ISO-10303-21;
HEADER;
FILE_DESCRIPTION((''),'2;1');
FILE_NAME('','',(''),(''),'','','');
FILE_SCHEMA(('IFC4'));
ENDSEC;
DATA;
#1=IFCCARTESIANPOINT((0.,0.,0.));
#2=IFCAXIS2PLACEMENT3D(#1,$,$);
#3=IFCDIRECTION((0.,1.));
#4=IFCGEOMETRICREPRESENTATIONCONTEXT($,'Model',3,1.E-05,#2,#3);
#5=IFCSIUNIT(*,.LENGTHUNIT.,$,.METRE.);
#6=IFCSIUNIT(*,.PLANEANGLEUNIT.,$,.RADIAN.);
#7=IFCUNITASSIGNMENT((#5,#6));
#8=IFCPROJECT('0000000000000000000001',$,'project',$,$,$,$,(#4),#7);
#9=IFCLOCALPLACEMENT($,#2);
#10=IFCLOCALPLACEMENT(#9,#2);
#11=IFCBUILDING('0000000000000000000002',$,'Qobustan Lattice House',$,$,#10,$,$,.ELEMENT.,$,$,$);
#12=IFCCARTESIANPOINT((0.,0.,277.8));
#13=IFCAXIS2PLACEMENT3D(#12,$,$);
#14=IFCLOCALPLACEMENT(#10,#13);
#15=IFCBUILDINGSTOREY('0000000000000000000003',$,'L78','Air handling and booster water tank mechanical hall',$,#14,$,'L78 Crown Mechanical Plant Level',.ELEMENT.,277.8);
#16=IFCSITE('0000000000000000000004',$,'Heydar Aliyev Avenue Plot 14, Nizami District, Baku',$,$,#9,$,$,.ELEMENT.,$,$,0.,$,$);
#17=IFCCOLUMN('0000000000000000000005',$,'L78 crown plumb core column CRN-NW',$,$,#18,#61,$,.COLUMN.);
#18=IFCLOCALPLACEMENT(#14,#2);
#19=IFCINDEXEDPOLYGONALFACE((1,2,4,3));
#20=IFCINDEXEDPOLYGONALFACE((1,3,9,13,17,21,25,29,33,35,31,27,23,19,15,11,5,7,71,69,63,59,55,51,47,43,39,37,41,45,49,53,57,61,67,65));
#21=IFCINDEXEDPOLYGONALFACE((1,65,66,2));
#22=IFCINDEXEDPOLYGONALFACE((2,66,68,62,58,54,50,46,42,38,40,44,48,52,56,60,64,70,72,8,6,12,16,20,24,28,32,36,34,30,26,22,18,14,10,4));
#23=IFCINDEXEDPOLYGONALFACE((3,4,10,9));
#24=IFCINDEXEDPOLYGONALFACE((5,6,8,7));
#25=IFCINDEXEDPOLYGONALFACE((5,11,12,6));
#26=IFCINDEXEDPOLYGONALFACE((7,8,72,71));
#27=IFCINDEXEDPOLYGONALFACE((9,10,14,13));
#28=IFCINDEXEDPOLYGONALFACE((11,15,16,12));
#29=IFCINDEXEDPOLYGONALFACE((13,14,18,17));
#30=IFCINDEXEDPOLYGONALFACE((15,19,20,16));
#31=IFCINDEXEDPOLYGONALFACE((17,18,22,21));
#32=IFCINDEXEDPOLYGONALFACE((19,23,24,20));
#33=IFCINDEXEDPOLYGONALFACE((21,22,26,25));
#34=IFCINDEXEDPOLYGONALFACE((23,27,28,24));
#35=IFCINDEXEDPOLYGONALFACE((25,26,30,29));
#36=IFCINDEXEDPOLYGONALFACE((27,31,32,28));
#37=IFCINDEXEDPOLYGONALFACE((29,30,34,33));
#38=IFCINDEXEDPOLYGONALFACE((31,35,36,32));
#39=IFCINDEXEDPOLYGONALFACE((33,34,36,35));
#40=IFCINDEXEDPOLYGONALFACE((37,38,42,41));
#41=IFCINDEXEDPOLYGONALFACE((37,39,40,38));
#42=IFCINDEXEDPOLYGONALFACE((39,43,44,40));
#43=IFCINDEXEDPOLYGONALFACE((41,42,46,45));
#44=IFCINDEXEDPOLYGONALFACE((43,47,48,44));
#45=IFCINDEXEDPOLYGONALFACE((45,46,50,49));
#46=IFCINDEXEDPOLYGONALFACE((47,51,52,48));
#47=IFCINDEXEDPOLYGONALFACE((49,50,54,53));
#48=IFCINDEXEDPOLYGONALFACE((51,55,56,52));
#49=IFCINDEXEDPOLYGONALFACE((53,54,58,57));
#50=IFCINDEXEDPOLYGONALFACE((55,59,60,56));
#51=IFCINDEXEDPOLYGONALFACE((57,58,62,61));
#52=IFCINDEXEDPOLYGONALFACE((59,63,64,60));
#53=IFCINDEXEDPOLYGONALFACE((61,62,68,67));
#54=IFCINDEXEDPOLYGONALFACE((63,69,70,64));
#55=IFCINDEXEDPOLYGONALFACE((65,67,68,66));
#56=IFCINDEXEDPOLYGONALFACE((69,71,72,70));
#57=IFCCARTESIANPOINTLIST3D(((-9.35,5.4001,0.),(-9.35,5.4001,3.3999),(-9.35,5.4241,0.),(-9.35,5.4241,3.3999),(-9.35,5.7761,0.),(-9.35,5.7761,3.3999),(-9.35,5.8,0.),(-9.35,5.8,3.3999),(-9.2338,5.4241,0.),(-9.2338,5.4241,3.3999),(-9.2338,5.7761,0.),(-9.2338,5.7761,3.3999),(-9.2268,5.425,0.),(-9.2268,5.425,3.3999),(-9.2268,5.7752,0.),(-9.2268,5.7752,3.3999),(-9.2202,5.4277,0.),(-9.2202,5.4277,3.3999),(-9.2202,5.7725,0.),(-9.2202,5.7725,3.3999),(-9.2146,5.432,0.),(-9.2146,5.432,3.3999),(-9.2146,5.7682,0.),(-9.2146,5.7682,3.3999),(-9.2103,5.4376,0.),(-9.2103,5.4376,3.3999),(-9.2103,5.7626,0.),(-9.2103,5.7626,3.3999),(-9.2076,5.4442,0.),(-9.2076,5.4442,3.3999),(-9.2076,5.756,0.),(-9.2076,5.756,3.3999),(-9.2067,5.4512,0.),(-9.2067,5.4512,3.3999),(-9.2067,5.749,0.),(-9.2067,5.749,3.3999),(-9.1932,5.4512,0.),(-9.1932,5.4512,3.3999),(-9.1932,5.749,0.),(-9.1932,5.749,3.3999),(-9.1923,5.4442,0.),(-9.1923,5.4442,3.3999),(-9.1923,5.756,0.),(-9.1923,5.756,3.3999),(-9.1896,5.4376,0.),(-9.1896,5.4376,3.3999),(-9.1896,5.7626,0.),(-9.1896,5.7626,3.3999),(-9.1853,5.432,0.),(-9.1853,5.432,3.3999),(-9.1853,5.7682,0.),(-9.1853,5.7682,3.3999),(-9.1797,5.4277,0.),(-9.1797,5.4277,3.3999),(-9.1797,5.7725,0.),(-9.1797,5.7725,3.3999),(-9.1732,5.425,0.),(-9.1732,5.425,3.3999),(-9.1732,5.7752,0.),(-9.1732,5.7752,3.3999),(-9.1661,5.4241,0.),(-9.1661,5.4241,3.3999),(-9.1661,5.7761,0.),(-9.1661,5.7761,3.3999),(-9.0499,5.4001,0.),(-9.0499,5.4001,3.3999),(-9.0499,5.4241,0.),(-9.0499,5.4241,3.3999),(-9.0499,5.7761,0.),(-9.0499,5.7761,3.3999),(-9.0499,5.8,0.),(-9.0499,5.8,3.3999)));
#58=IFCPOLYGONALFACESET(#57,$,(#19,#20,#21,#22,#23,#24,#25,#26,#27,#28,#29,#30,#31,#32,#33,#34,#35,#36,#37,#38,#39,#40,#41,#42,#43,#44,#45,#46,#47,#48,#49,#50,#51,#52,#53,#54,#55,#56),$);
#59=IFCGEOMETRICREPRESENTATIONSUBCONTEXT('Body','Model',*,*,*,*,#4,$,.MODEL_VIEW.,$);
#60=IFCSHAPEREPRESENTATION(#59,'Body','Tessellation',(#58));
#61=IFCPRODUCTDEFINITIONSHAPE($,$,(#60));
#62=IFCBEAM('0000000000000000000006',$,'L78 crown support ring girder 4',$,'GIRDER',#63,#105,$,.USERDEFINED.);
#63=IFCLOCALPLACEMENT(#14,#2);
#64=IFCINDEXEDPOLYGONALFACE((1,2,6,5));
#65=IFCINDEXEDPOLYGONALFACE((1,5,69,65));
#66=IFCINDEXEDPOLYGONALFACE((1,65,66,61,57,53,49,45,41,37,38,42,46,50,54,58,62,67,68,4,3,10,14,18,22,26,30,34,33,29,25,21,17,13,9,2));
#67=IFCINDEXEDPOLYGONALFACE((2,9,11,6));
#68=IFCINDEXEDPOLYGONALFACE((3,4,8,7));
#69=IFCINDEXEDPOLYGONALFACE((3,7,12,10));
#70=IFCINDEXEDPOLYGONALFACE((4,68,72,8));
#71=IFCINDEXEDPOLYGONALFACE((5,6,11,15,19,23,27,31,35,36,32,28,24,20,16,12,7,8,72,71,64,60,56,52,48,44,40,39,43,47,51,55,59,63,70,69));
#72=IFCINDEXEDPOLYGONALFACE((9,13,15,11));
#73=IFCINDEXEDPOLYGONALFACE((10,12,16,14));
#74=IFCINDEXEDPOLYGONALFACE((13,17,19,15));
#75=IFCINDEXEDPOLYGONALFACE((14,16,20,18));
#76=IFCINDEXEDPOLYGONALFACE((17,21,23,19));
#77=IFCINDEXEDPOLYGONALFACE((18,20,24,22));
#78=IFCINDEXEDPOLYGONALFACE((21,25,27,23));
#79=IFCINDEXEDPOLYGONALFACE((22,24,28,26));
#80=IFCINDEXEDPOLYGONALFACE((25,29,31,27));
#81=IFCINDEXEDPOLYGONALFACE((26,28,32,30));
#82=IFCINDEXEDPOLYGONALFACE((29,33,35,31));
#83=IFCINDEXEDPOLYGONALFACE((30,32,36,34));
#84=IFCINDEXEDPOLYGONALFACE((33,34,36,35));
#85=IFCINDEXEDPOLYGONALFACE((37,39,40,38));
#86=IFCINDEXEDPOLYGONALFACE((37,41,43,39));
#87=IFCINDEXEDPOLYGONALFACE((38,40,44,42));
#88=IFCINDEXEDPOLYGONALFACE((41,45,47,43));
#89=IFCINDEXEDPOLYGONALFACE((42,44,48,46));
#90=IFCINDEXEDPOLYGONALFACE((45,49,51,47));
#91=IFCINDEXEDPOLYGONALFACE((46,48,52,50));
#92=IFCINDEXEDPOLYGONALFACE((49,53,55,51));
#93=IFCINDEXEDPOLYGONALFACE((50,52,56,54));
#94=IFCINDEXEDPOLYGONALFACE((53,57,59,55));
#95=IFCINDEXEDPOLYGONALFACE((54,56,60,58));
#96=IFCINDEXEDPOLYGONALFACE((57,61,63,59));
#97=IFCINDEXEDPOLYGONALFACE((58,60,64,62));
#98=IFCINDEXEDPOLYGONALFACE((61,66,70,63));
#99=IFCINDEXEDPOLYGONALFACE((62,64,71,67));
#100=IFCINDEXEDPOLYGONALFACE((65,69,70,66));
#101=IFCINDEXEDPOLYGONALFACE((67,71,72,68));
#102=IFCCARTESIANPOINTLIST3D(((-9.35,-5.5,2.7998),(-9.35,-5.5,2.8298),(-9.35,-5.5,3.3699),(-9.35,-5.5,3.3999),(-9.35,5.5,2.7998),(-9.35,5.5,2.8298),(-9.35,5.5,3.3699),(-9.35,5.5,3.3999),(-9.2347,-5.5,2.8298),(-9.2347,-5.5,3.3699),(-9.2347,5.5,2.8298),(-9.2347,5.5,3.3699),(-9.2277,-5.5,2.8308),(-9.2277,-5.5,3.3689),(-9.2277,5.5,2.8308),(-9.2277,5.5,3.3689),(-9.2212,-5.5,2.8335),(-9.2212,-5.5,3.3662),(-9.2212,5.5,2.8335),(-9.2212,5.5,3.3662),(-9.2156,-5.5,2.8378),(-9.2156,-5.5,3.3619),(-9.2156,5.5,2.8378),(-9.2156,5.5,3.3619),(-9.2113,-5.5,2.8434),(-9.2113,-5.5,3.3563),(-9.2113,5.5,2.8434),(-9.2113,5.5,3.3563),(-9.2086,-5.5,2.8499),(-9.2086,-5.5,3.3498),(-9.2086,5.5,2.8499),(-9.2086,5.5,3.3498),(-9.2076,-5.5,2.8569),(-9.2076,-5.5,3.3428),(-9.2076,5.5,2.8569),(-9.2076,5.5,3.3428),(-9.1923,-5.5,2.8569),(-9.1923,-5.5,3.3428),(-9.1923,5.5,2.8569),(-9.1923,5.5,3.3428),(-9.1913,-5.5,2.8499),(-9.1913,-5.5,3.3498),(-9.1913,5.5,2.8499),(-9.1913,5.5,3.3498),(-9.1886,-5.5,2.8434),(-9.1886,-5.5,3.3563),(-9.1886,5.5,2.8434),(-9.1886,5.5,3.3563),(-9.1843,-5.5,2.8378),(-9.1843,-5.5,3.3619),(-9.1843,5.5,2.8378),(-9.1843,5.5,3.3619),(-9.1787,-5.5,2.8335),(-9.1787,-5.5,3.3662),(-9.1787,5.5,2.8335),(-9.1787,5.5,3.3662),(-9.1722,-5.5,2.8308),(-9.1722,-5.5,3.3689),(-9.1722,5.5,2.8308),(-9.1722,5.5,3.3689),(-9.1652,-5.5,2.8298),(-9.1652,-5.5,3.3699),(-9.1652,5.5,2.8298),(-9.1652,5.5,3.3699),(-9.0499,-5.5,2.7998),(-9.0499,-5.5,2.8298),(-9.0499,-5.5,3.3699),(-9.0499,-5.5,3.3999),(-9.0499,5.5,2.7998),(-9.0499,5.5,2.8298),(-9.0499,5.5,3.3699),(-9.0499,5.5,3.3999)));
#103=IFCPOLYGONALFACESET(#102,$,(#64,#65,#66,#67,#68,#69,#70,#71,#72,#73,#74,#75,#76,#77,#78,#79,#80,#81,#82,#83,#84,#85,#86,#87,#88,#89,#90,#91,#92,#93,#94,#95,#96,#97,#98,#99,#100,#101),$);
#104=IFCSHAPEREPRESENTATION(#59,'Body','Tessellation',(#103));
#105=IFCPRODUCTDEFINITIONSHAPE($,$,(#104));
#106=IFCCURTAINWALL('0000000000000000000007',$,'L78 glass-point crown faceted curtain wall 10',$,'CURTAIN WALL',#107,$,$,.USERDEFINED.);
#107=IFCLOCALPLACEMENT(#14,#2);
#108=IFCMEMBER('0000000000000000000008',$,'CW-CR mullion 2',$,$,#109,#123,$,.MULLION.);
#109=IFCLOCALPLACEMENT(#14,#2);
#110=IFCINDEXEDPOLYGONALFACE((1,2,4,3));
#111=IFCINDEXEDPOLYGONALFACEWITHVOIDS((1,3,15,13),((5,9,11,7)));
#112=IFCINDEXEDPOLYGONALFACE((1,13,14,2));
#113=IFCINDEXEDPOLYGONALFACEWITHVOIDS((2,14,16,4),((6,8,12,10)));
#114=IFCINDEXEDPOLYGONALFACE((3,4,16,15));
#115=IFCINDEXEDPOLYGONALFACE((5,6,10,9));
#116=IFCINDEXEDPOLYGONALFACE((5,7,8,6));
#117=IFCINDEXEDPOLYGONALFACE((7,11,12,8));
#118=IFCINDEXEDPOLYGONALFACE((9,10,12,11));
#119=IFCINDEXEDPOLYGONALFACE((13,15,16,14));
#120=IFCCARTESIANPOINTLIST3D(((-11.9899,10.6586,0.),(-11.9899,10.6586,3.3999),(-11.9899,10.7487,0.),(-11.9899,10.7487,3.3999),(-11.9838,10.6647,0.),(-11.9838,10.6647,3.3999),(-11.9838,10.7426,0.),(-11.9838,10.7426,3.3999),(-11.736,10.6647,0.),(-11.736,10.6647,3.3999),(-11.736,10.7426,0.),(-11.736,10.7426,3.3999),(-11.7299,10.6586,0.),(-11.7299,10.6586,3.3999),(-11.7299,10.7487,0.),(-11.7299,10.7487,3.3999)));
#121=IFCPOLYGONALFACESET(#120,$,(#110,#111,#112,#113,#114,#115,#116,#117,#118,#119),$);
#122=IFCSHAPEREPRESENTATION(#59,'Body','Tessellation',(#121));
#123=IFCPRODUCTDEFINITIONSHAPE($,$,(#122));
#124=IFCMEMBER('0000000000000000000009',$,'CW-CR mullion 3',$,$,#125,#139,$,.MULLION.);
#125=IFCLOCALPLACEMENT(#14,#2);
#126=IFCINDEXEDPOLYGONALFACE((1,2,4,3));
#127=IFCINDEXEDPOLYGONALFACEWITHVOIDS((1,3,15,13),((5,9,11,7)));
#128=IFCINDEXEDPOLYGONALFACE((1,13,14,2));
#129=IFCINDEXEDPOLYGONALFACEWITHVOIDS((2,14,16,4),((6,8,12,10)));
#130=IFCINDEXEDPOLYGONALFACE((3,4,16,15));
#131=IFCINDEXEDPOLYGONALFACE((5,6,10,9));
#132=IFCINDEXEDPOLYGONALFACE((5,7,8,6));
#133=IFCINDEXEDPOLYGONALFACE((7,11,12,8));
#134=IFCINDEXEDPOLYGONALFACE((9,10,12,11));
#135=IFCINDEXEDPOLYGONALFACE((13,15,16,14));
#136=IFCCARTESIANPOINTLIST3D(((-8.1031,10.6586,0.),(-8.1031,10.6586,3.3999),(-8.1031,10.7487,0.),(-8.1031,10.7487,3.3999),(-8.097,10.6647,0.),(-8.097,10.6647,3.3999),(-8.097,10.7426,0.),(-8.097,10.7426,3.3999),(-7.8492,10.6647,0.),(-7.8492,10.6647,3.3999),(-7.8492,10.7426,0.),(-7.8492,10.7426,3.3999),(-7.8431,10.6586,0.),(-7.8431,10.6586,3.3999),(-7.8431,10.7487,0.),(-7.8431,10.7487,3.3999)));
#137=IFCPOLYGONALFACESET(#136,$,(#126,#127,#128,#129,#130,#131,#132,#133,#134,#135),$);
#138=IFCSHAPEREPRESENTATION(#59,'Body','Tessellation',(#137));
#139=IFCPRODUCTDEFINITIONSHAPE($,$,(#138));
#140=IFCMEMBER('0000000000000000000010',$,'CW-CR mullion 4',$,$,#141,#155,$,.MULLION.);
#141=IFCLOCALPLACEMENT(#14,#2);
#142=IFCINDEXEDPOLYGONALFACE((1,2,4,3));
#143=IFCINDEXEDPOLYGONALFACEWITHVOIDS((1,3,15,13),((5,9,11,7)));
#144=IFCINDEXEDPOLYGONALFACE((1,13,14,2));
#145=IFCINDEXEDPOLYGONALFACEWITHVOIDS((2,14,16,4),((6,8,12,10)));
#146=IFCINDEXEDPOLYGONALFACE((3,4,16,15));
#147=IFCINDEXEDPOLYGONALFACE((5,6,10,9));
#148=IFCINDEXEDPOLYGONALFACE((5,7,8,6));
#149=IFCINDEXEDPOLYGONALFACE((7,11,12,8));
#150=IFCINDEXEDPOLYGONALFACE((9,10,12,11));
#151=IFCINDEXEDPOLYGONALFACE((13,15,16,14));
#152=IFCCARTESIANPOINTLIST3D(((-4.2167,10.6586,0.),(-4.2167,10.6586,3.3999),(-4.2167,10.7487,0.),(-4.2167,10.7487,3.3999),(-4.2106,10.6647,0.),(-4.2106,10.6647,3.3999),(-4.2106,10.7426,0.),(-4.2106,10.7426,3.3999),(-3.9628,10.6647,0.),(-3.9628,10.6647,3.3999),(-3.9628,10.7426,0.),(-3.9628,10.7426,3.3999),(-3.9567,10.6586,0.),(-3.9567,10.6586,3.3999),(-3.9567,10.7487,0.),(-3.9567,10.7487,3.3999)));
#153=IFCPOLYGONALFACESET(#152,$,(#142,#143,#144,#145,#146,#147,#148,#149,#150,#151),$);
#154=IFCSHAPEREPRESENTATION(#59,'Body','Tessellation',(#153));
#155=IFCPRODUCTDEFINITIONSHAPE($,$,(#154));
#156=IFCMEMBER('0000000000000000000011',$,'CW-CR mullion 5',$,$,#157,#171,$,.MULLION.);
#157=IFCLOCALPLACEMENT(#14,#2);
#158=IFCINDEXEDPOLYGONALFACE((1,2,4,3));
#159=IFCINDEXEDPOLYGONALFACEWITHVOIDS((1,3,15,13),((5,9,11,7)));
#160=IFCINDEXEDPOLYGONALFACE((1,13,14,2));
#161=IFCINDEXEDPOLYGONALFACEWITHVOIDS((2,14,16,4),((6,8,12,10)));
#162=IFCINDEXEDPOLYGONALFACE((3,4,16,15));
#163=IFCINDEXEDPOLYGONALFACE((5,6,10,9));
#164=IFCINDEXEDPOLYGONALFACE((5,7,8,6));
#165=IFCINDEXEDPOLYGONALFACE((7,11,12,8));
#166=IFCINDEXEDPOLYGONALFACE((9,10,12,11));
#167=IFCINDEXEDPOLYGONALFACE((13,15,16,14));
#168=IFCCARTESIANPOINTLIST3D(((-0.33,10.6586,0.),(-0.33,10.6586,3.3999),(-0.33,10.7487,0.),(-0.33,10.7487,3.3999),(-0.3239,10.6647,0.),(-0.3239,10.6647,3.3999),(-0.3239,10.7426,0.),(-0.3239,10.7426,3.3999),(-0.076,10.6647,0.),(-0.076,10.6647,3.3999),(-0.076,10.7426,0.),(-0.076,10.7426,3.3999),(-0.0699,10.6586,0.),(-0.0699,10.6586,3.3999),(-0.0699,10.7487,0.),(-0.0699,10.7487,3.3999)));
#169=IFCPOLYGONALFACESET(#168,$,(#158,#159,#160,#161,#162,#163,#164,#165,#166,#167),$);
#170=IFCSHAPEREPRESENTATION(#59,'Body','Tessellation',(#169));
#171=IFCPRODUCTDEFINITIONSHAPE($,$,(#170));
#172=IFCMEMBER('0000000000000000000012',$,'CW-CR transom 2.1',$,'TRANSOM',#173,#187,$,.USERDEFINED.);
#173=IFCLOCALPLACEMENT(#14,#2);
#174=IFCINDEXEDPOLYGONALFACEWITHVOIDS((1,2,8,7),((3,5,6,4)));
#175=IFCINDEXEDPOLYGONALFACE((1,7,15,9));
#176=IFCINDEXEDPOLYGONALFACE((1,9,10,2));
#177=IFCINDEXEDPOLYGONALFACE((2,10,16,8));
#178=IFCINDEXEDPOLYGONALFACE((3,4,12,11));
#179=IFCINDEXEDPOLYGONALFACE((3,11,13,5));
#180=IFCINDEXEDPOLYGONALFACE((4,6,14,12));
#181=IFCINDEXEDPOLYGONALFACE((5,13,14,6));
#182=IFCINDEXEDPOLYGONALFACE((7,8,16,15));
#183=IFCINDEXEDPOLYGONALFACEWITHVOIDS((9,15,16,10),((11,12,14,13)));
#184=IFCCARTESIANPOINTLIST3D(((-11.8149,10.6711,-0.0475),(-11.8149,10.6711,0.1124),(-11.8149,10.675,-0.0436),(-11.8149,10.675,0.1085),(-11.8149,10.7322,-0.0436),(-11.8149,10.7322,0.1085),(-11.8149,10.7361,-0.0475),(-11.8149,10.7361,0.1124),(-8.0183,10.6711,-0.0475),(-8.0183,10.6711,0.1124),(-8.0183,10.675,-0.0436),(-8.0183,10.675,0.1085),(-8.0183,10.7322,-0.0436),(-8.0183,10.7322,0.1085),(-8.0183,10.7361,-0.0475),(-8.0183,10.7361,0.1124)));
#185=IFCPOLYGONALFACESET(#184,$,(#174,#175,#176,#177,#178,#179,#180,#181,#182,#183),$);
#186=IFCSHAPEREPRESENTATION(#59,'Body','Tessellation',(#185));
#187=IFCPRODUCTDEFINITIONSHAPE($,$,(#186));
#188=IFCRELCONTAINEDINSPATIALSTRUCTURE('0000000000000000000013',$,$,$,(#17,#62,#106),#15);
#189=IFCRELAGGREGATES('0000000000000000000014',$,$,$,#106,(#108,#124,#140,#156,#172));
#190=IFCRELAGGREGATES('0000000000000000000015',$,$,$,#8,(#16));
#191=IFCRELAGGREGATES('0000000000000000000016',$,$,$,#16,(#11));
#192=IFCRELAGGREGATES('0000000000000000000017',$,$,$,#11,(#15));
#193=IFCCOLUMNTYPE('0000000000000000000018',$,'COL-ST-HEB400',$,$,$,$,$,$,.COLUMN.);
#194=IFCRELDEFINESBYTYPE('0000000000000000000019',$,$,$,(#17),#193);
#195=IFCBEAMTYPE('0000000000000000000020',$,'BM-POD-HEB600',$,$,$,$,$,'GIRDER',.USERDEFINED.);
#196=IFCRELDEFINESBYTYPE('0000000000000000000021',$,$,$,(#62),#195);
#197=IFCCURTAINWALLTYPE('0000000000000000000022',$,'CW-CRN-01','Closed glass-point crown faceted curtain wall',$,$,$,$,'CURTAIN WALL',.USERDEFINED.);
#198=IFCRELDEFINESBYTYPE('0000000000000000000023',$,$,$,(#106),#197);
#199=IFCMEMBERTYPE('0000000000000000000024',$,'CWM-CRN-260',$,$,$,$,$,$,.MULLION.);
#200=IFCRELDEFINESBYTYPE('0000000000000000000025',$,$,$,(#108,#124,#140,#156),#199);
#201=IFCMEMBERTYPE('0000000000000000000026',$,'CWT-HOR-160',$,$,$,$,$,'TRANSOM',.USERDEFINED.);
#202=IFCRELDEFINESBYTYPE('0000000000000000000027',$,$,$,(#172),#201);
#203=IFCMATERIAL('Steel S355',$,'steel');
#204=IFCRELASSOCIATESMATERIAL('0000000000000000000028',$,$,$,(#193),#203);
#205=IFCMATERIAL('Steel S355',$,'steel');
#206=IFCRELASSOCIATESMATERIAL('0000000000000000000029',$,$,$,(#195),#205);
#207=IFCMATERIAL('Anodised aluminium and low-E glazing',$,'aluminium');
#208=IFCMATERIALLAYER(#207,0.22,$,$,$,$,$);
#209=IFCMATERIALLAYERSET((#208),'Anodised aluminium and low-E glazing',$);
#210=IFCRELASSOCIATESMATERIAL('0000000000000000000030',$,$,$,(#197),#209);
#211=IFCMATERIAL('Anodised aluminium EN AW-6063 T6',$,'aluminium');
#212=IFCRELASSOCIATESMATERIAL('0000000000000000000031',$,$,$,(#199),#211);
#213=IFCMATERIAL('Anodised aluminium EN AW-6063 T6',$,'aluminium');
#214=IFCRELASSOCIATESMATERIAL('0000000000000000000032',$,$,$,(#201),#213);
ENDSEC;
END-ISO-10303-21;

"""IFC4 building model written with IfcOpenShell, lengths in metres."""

from ifc_helpers import new_model, si_unit, direction, frame, origin, origin_2d, place, context, subcontext, project, spatial, hollow_rectangle, i_section, extrude, material, layer, layer_set, material_profile, profile_set, type_object, element, aggregate, save


model = new_model("IFC4")

# Units and contexts
model_context = context("Model", 3, precision=1e-05, world=origin(), true_north=direction((0.0, 1.0)))
body_context = subcontext(model_context, "Body", "Model", "MODEL_VIEW")
ifc_project = project(units=[si_unit("LENGTHUNIT", "METRE"), si_unit("PLANEANGLEUNIT", "RADIAN")], contexts=[model_context])

# Site, building, storey
site_placement = place(None, origin())
site = spatial("IfcSite", under=ifc_project, at=site_placement, Name="Heydar Aliyev Avenue Plot 14, Nizami District, Baku", CompositionType="ELEMENT", RefElevation=0.0)
building_placement = place(site_placement, origin())
building = spatial("IfcBuilding", under=site, at=building_placement, Name="Qobustan Lattice House", CompositionType="ELEMENT")
storey_placement = place(building_placement, frame((0.0, 0.0, 277.8)))
storey = spatial("IfcBuildingStorey", under=building, at=storey_placement, Name="L78", Description="Air handling and booster water tank mechanical hall", LongName="L78 Crown Mechanical Plant Level", CompositionType="ELEMENT", Elevation=277.8)

# Column
ifc_material_1 = material(Name="Steel S355", Category="steel")
ifc_material_profile_1 = material_profile(ifc_material_1, i_section(OverallWidth=0.3, OverallDepth=0.3999, WebThickness=0.0134, FlangeThickness=0.0239, FilletRadius=0.0271, at=origin_2d()), Name="HEB400")
ifc_profile_set_1 = profile_set([ifc_material_profile_1], Name="Steel S355")
column_type = type_object("IfcColumnType", Name="COL-ST-HEB400", PredefinedType="COLUMN", material=ifc_profile_set_1)
column_placement = place(storey_placement, frame((-9.2, 5.6001, 0.0), z_axis=(0.0, 0.0, 1.0), x_axis=(1.0, 0.0, 0.0)))
element("IfcColumn", 1, at=column_placement, inside=storey, type_object=column_type, Name="L78 crown plumb core column CRN-NW", PredefinedType="COLUMN", context=body_context, shape_type="SweptSolid", body=[
    extrude(i_section(OverallWidth=0.3, OverallDepth=0.3999, WebThickness=0.0134, FlangeThickness=0.0239, FilletRadius=0.0271, at=origin_2d()), origin(), (0.0, 0.0, 1.0), 3.3999),
])

# Beam
ifc_material_2 = material(Name="Steel S355", Category="steel")
ifc_material_profile_2 = material_profile(ifc_material_2, i_section(OverallWidth=0.3, OverallDepth=0.6001, WebThickness=0.0154, FlangeThickness=0.03, FilletRadius=0.0271, at=origin_2d()), Name="HEB600")
ifc_profile_set_2 = profile_set([ifc_material_profile_2], Name="Steel S355")
beam_type = type_object("IfcBeamType", Name="BM-POD-HEB600", ElementType="GIRDER", PredefinedType="USERDEFINED", material=ifc_profile_set_2)
beam_placement = place(storey_placement, frame((-9.2, 5.5, 3.0999), z_axis=(0.0, -1.0, 0.0), x_axis=(1.0, 0.0, 0.0)))
element("IfcBeam", 2, at=beam_placement, inside=storey, type_object=beam_type, Name="L78 crown support ring girder 4", ObjectType="GIRDER", PredefinedType="USERDEFINED", context=body_context, shape_type="SweptSolid", body=[
    extrude(i_section(OverallWidth=0.3, OverallDepth=0.6001, WebThickness=0.0154, FlangeThickness=0.03, FilletRadius=0.0271, at=origin_2d()), origin(), (0.0, 0.0, 1.0), 11.0),
])

# Curtain wall, members
ifc_material_3 = material(Name="Anodised aluminium and low-E glazing", Category="aluminium")
ifc_layer_1 = layer(ifc_material_3, 0.22)
ifc_layer_set_1 = layer_set([ifc_layer_1], Name="Anodised aluminium and low-E glazing")
curtain_wall_type = type_object("IfcCurtainWallType", Name="CW-CRN-01", Description="Closed glass-point crown faceted curtain wall", ElementType="CURTAIN WALL", PredefinedType="USERDEFINED", material=ifc_layer_set_1)
curtain_wall_placement = place(storey_placement, origin())
curtain_wall = element("IfcCurtainWall", 3, at=curtain_wall_placement, inside=storey, type_object=curtain_wall_type, Name="L78 glass-point crown faceted curtain wall 10", ObjectType="CURTAIN WALL", PredefinedType="USERDEFINED")
ifc_material_4 = material(Name="Anodised aluminium EN AW-6063 T6", Category="aluminium")
ifc_material_profile_3 = material_profile(ifc_material_4, hollow_rectangle(XDim=0.0901, YDim=0.26, WallThickness=0.0061, at=origin_2d()), Name="CWM-CROWN-260x90")
ifc_profile_set_3 = profile_set([ifc_material_profile_3], Name="Anodised aluminium EN AW-6063 T6")
member_type_1 = type_object("IfcMemberType", Name="CWM-CRN-260", PredefinedType="MULLION", material=ifc_profile_set_3)
member_1_placement = place(storey_placement, frame((-11.8599, 10.7036, 0.0), z_axis=(0.0, 0.0, 1.0), x_axis=(0.0, 1.0, 0.0)))
member_1 = element("IfcMember", 4, at=member_1_placement, type_object=member_type_1, Name="CW-CR mullion 2", PredefinedType="MULLION", context=body_context, shape_type="SweptSolid", body=[
    extrude(hollow_rectangle(XDim=0.0901, YDim=0.26, WallThickness=0.0061, at=origin_2d()), origin(), (0.0, 0.0, 1.0), 3.3999),
])
member_2_placement = place(storey_placement, frame((-7.9731, 10.7036, 0.0), z_axis=(0.0, 0.0, 1.0), x_axis=(0.0, 1.0, 0.0)))
member_2 = element("IfcMember", 5, at=member_2_placement, type_object=member_type_1, Name="CW-CR mullion 3", PredefinedType="MULLION", context=body_context, shape_type="SweptSolid", body=[
    extrude(hollow_rectangle(XDim=0.0901, YDim=0.26, WallThickness=0.0061, at=origin_2d()), origin(), (0.0, 0.0, 1.0), 3.3999),
])
member_3_placement = place(storey_placement, frame((-4.0867, 10.7036, 0.0), z_axis=(0.0, 0.0, 1.0), x_axis=(0.0, 1.0, 0.0)))
member_3 = element("IfcMember", 6, at=member_3_placement, type_object=member_type_1, Name="CW-CR mullion 4", PredefinedType="MULLION", context=body_context, shape_type="SweptSolid", body=[
    extrude(hollow_rectangle(XDim=0.0901, YDim=0.26, WallThickness=0.0061, at=origin_2d()), origin(), (0.0, 0.0, 1.0), 3.3999),
])
member_4_placement = place(storey_placement, frame((-0.2, 10.7036, 0.0), z_axis=(0.0, 0.0, 1.0), x_axis=(0.0, 1.0, 0.0)))
member_4 = element("IfcMember", 7, at=member_4_placement, type_object=member_type_1, Name="CW-CR mullion 5", PredefinedType="MULLION", context=body_context, shape_type="SweptSolid", body=[
    extrude(hollow_rectangle(XDim=0.0901, YDim=0.26, WallThickness=0.0061, at=origin_2d()), origin(), (0.0, 0.0, 1.0), 3.3999),
])
ifc_material_5 = material(Name="Anodised aluminium EN AW-6063 T6", Category="aluminium")
ifc_material_profile_4 = material_profile(ifc_material_5, hollow_rectangle(XDim=0.0649, YDim=0.1599, WallThickness=0.0039, at=origin_2d()), Name="CWT-160x65")
ifc_profile_set_4 = profile_set([ifc_material_profile_4], Name="Anodised aluminium EN AW-6063 T6")
member_type_2 = type_object("IfcMemberType", Name="CWT-HOR-160", ElementType="TRANSOM", PredefinedType="USERDEFINED", material=ifc_profile_set_4)
member_5_placement = place(storey_placement, frame((-11.8149, 10.7036, 0.0325), z_axis=(1.0, 0.0, 0.0), x_axis=(0.0, 1.0, 0.0)))
member_5 = element("IfcMember", 8, at=member_5_placement, type_object=member_type_2, Name="CW-CR transom 2.1", ObjectType="TRANSOM", PredefinedType="USERDEFINED", context=body_context, shape_type="SweptSolid", body=[
    extrude(hollow_rectangle(XDim=0.0649, YDim=0.1599, WallThickness=0.0039, at=origin_2d()), origin(), (0.0, 0.0, 1.0), 3.7966),
])

aggregate(curtain_wall, [member_1, member_2, member_3, member_4, member_5])

save(model, "model.ifc")
